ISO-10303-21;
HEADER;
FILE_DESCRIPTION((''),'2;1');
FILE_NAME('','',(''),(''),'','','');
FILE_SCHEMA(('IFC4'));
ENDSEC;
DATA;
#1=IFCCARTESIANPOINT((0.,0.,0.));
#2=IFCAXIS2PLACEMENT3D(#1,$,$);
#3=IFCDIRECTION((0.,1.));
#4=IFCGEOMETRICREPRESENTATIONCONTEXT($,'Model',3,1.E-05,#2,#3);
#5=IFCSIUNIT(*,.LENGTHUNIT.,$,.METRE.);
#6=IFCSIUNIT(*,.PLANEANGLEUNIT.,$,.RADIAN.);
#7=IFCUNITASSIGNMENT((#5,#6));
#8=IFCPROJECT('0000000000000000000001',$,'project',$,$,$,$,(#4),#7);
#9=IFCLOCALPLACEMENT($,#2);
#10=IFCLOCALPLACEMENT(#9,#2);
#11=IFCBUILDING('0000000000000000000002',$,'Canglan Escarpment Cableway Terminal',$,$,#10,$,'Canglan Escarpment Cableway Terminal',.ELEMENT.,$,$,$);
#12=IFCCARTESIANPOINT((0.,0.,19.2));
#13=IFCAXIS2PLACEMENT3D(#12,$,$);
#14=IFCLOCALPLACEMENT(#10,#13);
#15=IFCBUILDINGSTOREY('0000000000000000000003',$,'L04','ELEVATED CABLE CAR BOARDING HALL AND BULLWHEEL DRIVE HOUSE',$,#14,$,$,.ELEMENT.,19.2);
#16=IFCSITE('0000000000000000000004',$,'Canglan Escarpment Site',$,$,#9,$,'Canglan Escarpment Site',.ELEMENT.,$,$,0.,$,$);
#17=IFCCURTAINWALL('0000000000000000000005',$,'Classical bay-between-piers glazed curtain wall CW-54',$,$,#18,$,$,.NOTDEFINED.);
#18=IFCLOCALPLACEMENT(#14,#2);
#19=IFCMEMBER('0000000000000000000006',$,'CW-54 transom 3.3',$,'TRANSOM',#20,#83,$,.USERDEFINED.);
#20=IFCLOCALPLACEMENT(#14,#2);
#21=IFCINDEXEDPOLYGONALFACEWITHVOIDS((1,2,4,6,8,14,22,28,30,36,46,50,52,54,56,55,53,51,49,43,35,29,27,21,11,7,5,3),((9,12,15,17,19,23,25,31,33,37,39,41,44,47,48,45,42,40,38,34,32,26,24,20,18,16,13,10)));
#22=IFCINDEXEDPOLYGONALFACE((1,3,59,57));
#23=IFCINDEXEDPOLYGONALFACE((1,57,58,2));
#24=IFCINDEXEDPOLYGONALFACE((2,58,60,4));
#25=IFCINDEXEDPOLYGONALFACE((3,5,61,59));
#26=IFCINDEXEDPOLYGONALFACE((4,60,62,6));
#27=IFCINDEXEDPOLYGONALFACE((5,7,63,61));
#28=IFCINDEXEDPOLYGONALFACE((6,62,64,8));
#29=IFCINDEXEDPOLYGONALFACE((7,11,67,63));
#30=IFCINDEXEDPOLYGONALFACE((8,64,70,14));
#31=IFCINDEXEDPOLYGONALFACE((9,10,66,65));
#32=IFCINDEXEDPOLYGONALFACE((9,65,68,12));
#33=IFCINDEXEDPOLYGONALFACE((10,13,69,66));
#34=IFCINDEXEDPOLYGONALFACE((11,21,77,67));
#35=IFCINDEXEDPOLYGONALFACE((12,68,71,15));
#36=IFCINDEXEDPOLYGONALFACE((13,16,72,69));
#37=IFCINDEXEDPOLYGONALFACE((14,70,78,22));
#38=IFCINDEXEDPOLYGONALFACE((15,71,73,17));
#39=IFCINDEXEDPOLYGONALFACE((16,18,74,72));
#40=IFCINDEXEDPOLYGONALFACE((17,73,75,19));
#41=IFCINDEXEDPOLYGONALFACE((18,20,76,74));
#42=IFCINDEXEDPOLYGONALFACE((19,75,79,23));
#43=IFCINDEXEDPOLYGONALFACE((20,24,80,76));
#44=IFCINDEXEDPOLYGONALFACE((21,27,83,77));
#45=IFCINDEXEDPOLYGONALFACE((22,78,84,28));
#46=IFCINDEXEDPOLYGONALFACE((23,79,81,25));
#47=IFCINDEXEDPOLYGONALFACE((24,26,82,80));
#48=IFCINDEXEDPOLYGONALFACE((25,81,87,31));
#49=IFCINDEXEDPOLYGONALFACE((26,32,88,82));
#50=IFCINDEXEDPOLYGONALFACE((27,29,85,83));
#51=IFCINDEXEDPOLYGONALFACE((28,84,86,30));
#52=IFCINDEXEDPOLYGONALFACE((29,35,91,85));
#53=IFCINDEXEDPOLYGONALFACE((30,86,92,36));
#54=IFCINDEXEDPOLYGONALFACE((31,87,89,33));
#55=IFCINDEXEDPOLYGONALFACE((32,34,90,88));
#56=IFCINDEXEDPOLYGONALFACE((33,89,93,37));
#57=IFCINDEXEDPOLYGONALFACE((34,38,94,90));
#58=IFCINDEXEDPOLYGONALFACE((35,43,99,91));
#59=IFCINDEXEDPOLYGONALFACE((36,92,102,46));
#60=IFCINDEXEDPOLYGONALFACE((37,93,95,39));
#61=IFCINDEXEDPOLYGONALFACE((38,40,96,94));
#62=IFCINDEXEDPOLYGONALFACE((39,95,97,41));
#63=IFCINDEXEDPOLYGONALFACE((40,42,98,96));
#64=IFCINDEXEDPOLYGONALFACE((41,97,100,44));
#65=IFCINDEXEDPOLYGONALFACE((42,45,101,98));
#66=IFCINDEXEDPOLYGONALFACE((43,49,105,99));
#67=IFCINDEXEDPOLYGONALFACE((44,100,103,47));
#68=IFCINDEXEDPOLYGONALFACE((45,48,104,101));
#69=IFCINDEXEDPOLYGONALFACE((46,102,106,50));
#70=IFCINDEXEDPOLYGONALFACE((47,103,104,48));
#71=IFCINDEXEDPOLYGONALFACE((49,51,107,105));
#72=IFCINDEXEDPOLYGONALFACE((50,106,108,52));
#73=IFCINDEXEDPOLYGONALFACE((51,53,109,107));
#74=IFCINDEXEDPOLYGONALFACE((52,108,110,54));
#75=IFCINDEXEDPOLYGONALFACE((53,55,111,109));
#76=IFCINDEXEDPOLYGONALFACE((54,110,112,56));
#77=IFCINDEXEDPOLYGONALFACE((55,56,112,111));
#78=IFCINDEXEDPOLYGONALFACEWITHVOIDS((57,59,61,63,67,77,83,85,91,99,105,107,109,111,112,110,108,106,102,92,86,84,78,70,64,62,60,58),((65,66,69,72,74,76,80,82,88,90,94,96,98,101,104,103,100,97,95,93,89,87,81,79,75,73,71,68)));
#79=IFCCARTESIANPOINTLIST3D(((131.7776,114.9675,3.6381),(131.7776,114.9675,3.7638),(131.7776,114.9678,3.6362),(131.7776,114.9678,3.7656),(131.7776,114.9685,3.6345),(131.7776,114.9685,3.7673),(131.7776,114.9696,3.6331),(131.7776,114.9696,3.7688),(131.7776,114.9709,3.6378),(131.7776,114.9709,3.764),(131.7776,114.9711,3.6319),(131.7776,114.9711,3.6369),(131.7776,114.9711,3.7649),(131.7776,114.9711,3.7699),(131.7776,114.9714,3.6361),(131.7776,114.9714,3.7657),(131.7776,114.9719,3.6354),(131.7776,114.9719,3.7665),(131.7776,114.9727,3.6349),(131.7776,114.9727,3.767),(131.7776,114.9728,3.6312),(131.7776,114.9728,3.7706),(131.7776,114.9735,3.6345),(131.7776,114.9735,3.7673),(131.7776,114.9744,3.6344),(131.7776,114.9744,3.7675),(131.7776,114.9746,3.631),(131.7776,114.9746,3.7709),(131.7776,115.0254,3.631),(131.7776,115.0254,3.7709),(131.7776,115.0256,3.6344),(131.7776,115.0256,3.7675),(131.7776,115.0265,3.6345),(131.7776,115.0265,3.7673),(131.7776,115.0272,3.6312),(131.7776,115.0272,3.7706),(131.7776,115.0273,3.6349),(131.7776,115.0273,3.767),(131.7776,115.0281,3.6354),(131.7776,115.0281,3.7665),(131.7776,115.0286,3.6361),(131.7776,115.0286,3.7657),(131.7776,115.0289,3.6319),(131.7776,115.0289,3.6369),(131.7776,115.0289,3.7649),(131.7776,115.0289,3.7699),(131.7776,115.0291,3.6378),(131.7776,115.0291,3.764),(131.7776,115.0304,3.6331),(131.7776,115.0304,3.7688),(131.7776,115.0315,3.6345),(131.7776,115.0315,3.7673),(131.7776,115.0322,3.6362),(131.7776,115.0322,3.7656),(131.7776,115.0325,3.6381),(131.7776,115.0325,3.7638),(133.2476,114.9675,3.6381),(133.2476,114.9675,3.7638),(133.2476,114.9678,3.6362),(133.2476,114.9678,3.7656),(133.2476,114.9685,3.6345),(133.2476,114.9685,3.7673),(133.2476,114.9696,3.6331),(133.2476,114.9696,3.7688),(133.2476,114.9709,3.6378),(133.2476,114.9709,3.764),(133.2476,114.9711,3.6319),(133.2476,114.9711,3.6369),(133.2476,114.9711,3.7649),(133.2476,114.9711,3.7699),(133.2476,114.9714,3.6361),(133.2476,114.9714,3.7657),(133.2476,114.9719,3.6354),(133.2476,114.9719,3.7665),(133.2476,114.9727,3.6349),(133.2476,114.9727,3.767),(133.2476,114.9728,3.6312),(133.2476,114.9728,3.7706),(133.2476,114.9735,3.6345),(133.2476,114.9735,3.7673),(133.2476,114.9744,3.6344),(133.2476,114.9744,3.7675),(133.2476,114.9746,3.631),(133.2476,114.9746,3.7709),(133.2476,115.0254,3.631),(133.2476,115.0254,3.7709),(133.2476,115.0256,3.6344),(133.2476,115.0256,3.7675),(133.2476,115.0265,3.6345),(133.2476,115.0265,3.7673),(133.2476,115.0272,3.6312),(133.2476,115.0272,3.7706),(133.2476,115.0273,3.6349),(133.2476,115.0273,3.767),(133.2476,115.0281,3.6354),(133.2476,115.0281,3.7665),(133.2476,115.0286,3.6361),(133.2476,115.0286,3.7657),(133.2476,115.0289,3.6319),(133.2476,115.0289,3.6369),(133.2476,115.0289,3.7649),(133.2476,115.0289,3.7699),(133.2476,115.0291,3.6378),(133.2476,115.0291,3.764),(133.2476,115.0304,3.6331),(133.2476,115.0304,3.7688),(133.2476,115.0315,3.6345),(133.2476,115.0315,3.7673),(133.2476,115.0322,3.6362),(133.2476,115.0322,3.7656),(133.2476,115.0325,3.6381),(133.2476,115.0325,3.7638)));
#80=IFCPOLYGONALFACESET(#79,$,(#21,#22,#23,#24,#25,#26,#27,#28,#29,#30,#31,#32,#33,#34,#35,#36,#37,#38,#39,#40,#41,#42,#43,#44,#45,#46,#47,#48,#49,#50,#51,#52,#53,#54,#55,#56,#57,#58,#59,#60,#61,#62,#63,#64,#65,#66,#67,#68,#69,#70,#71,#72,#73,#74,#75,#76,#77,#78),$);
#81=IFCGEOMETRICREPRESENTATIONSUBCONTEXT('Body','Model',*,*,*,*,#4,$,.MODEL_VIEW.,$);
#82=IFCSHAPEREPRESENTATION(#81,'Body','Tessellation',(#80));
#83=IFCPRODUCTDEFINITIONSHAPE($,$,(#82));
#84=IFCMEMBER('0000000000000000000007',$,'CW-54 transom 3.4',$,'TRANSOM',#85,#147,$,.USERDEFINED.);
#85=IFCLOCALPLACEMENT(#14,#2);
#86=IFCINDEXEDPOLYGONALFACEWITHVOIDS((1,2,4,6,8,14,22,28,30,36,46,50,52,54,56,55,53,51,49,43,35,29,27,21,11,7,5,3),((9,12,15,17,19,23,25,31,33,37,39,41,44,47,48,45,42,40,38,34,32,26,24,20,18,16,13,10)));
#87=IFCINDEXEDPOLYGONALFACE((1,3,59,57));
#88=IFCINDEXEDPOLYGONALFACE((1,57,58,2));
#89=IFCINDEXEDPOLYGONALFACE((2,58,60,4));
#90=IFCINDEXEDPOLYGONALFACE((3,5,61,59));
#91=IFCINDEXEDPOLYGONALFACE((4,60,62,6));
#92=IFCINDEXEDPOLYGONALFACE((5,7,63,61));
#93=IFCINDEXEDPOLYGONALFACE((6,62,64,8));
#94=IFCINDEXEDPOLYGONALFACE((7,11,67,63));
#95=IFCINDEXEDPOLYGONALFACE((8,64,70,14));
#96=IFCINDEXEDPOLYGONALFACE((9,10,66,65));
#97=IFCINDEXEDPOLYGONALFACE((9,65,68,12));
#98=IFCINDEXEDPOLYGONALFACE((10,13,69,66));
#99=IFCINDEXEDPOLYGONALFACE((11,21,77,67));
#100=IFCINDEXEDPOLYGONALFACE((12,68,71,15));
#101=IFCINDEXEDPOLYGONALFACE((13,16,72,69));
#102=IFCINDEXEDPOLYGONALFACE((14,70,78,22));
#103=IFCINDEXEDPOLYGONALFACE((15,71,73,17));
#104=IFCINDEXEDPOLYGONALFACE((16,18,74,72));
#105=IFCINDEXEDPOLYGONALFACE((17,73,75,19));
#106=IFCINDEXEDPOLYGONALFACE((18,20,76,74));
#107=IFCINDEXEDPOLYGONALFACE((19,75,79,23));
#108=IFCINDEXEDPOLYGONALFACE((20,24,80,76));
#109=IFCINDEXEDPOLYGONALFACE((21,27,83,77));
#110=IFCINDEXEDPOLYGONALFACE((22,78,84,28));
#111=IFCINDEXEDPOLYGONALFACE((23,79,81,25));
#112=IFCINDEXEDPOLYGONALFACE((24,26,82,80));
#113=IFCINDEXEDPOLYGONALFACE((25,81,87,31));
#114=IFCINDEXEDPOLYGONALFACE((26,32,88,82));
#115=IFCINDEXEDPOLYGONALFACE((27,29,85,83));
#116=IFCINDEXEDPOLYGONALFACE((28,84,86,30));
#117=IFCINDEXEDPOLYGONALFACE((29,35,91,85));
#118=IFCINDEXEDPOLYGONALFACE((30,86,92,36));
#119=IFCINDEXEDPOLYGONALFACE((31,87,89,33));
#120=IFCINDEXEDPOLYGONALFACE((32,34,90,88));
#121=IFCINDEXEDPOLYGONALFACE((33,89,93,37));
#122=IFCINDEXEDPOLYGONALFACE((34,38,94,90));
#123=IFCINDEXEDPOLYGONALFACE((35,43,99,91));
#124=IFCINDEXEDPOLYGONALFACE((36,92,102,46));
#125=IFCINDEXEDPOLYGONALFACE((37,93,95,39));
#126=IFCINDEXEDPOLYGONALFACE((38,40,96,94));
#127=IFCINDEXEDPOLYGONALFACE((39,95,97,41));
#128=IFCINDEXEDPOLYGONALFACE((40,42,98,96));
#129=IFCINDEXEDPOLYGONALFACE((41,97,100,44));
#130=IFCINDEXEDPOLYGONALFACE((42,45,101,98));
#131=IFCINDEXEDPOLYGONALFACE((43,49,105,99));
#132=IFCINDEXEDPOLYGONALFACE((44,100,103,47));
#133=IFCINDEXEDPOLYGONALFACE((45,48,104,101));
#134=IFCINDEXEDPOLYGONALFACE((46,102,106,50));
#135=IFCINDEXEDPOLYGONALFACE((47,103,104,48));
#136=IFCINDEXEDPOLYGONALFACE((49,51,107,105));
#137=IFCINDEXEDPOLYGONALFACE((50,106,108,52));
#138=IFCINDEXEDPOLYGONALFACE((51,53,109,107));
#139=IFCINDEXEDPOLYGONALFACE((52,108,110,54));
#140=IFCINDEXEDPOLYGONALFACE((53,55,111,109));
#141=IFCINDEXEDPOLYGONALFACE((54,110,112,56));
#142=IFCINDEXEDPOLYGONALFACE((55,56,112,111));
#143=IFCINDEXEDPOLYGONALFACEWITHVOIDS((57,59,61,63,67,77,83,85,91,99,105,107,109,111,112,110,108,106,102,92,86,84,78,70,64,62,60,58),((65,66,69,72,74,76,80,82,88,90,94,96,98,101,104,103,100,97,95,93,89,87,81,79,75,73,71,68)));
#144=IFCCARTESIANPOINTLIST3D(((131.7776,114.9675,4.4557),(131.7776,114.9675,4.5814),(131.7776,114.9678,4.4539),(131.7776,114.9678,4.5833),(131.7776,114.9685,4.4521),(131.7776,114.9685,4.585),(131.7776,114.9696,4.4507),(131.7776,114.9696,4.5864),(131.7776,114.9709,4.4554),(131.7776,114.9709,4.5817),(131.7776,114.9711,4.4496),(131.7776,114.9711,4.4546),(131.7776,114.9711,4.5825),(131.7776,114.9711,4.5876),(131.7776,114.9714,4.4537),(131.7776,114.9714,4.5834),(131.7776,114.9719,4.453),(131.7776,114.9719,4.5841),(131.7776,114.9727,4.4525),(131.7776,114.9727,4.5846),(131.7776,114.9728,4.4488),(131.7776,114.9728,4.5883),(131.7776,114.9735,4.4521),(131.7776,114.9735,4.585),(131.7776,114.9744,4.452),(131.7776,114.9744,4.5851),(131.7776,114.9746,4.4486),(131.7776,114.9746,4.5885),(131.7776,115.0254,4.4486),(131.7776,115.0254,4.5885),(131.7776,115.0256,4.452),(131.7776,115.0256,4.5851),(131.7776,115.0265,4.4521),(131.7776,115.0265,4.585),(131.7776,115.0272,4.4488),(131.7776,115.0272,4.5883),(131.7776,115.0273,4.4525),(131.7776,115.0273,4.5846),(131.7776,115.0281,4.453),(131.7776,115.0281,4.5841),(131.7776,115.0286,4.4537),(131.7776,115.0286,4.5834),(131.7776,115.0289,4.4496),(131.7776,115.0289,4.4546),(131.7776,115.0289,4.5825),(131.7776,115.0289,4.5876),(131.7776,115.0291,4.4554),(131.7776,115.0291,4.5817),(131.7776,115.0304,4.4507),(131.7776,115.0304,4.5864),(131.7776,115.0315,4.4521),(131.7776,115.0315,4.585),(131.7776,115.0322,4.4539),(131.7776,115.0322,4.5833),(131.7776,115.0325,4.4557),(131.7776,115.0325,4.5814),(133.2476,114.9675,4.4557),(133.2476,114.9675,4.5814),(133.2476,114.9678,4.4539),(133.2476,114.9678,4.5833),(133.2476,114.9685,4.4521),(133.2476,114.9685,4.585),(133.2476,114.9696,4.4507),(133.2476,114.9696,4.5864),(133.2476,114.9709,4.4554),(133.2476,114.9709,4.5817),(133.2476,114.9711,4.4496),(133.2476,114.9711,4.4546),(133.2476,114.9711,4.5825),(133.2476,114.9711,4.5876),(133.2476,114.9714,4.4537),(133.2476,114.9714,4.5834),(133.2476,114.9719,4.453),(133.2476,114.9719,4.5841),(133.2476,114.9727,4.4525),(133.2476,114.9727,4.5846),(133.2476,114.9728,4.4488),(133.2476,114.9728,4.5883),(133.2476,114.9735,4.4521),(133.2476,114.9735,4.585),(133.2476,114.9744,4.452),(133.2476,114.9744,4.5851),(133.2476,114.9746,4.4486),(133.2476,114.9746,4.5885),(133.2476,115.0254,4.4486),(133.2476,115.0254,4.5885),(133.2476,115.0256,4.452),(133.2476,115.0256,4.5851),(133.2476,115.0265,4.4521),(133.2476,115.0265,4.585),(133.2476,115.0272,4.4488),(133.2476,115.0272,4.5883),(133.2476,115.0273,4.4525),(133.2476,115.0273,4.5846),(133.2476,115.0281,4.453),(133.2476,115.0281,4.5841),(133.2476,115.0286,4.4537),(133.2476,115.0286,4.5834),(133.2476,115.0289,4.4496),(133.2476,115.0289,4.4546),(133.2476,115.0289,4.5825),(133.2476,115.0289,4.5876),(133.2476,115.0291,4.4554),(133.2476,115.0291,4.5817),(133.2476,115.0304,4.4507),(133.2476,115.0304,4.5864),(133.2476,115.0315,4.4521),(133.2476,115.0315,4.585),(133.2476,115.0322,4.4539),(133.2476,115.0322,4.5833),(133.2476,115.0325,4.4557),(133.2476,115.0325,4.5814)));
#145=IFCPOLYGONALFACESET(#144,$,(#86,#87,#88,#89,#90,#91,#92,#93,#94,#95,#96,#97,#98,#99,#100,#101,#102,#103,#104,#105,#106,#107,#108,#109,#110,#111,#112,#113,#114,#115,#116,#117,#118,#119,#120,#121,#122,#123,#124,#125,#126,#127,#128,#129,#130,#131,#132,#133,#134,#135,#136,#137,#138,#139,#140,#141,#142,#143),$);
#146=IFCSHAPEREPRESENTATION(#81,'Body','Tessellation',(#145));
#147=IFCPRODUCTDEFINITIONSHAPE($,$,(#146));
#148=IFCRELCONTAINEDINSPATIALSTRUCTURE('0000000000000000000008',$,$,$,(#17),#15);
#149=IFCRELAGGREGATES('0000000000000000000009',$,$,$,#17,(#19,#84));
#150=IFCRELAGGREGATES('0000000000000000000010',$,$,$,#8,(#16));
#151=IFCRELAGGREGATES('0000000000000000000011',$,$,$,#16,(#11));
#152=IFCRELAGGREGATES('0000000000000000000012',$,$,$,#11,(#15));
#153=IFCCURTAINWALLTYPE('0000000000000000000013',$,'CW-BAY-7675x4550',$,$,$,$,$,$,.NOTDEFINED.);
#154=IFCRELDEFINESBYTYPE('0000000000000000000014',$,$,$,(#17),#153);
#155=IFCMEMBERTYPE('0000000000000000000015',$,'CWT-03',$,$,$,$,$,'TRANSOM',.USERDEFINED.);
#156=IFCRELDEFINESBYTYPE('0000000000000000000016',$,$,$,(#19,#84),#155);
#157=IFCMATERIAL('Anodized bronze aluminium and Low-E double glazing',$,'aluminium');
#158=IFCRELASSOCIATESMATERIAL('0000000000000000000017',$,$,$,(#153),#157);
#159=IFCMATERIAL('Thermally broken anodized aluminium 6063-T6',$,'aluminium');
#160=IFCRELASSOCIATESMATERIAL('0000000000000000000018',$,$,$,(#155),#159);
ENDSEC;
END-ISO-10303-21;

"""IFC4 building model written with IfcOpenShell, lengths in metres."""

from ifc_helpers import new_model, si_unit, direction, frame, origin, origin_2d, place, context, subcontext, project, spatial, hollow_rectangle, extrude, material, material_profile, profile_set, type_object, element, aggregate, save


model = new_model("IFC4")

# Units and contexts
model_context = context("Model", 3, precision=1e-05, world=origin(), true_north=direction((0.0, 1.0)))
body_context = subcontext(model_context, "Body", "Model", "MODEL_VIEW")
ifc_project = project(units=[si_unit("LENGTHUNIT", "METRE"), si_unit("PLANEANGLEUNIT", "RADIAN")], contexts=[model_context])

# Site, building, storey
site_placement = place(None, origin())
site = spatial("IfcSite", under=ifc_project, at=site_placement, Name="Canglan Escarpment Site", LongName="Canglan Escarpment Site", CompositionType="ELEMENT", RefElevation=0.0)
building_placement = place(site_placement, origin())
building = spatial("IfcBuilding", under=site, at=building_placement, Name="Canglan Escarpment Cableway Terminal", LongName="Canglan Escarpment Cableway Terminal", CompositionType="ELEMENT")
storey_placement = place(building_placement, frame((0.0, 0.0, 19.2)))
storey = spatial("IfcBuildingStorey", under=building, at=storey_placement, Name="L04", Description="ELEVATED CABLE CAR BOARDING HALL AND BULLWHEEL DRIVE HOUSE", CompositionType="ELEMENT", Elevation=19.2)

# Curtain wall, members
ifc_material_1 = material(Name="Anodized bronze aluminium and Low-E double glazing", Category="aluminium")
curtain_wall_type = type_object("IfcCurtainWallType", Name="CW-BAY-7675x4550", PredefinedType="NOTDEFINED", material=ifc_material_1)
curtain_wall_placement = place(storey_placement, origin())
curtain_wall = element("IfcCurtainWall", 1, at=curtain_wall_placement, inside=storey, type_object=curtain_wall_type, Name="Classical bay-between-piers glazed curtain wall CW-54", PredefinedType="NOTDEFINED")
ifc_material_2 = material(Name="Thermally broken anodized aluminium 6063-T6", Category="aluminium")
ifc_material_profile_1 = material_profile(ifc_material_2, hollow_rectangle(XDim=0.0649, YDim=0.1399, WallThickness=0.0034, InnerFilletRadius=0.0034, OuterFilletRadius=0.0071, at=origin_2d()), Name="ALU-TRAN 65x140x3.5")
ifc_profile_set_1 = profile_set([ifc_material_profile_1], Name="Thermally broken anodized aluminium 6063-T6")
member_type_1 = type_object("IfcMemberType", Name="CWT-03", ElementType="TRANSOM", PredefinedType="USERDEFINED", material=ifc_profile_set_1)
member_1_placement = place(storey_placement, frame((133.2476, 115.0, 3.7009), z_axis=(-1.0, 0.0, 0.0), x_axis=(0.0, -1.0, 0.0)))
member_1 = element("IfcMember", 2, at=member_1_placement, type_object=member_type_1, Name="CW-54 transom 3.3", ObjectType="TRANSOM", PredefinedType="USERDEFINED", context=body_context, shape_type="SweptSolid", body=[
    extrude(hollow_rectangle(XDim=0.0649, YDim=0.1399, WallThickness=0.0034, InnerFilletRadius=0.0034, OuterFilletRadius=0.0071, at=origin_2d()), origin(), (0.0, 0.0, 1.0), 1.47),
])
member_2_placement = place(storey_placement, frame((133.2476, 115.0, 4.5186), z_axis=(-1.0, 0.0, 0.0), x_axis=(0.0, -1.0, 0.0)))
member_2 = element("IfcMember", 3, at=member_2_placement, type_object=member_type_1, Name="CW-54 transom 3.4", ObjectType="TRANSOM", PredefinedType="USERDEFINED", context=body_context, shape_type="SweptSolid", body=[
    extrude(hollow_rectangle(XDim=0.0649, YDim=0.1399, WallThickness=0.0034, InnerFilletRadius=0.0034, OuterFilletRadius=0.0071, at=origin_2d()), origin(), (0.0, 0.0, 1.0), 1.47),
])
aggregate(curtain_wall, [member_1, member_2])

save(model, "model.ifc")
